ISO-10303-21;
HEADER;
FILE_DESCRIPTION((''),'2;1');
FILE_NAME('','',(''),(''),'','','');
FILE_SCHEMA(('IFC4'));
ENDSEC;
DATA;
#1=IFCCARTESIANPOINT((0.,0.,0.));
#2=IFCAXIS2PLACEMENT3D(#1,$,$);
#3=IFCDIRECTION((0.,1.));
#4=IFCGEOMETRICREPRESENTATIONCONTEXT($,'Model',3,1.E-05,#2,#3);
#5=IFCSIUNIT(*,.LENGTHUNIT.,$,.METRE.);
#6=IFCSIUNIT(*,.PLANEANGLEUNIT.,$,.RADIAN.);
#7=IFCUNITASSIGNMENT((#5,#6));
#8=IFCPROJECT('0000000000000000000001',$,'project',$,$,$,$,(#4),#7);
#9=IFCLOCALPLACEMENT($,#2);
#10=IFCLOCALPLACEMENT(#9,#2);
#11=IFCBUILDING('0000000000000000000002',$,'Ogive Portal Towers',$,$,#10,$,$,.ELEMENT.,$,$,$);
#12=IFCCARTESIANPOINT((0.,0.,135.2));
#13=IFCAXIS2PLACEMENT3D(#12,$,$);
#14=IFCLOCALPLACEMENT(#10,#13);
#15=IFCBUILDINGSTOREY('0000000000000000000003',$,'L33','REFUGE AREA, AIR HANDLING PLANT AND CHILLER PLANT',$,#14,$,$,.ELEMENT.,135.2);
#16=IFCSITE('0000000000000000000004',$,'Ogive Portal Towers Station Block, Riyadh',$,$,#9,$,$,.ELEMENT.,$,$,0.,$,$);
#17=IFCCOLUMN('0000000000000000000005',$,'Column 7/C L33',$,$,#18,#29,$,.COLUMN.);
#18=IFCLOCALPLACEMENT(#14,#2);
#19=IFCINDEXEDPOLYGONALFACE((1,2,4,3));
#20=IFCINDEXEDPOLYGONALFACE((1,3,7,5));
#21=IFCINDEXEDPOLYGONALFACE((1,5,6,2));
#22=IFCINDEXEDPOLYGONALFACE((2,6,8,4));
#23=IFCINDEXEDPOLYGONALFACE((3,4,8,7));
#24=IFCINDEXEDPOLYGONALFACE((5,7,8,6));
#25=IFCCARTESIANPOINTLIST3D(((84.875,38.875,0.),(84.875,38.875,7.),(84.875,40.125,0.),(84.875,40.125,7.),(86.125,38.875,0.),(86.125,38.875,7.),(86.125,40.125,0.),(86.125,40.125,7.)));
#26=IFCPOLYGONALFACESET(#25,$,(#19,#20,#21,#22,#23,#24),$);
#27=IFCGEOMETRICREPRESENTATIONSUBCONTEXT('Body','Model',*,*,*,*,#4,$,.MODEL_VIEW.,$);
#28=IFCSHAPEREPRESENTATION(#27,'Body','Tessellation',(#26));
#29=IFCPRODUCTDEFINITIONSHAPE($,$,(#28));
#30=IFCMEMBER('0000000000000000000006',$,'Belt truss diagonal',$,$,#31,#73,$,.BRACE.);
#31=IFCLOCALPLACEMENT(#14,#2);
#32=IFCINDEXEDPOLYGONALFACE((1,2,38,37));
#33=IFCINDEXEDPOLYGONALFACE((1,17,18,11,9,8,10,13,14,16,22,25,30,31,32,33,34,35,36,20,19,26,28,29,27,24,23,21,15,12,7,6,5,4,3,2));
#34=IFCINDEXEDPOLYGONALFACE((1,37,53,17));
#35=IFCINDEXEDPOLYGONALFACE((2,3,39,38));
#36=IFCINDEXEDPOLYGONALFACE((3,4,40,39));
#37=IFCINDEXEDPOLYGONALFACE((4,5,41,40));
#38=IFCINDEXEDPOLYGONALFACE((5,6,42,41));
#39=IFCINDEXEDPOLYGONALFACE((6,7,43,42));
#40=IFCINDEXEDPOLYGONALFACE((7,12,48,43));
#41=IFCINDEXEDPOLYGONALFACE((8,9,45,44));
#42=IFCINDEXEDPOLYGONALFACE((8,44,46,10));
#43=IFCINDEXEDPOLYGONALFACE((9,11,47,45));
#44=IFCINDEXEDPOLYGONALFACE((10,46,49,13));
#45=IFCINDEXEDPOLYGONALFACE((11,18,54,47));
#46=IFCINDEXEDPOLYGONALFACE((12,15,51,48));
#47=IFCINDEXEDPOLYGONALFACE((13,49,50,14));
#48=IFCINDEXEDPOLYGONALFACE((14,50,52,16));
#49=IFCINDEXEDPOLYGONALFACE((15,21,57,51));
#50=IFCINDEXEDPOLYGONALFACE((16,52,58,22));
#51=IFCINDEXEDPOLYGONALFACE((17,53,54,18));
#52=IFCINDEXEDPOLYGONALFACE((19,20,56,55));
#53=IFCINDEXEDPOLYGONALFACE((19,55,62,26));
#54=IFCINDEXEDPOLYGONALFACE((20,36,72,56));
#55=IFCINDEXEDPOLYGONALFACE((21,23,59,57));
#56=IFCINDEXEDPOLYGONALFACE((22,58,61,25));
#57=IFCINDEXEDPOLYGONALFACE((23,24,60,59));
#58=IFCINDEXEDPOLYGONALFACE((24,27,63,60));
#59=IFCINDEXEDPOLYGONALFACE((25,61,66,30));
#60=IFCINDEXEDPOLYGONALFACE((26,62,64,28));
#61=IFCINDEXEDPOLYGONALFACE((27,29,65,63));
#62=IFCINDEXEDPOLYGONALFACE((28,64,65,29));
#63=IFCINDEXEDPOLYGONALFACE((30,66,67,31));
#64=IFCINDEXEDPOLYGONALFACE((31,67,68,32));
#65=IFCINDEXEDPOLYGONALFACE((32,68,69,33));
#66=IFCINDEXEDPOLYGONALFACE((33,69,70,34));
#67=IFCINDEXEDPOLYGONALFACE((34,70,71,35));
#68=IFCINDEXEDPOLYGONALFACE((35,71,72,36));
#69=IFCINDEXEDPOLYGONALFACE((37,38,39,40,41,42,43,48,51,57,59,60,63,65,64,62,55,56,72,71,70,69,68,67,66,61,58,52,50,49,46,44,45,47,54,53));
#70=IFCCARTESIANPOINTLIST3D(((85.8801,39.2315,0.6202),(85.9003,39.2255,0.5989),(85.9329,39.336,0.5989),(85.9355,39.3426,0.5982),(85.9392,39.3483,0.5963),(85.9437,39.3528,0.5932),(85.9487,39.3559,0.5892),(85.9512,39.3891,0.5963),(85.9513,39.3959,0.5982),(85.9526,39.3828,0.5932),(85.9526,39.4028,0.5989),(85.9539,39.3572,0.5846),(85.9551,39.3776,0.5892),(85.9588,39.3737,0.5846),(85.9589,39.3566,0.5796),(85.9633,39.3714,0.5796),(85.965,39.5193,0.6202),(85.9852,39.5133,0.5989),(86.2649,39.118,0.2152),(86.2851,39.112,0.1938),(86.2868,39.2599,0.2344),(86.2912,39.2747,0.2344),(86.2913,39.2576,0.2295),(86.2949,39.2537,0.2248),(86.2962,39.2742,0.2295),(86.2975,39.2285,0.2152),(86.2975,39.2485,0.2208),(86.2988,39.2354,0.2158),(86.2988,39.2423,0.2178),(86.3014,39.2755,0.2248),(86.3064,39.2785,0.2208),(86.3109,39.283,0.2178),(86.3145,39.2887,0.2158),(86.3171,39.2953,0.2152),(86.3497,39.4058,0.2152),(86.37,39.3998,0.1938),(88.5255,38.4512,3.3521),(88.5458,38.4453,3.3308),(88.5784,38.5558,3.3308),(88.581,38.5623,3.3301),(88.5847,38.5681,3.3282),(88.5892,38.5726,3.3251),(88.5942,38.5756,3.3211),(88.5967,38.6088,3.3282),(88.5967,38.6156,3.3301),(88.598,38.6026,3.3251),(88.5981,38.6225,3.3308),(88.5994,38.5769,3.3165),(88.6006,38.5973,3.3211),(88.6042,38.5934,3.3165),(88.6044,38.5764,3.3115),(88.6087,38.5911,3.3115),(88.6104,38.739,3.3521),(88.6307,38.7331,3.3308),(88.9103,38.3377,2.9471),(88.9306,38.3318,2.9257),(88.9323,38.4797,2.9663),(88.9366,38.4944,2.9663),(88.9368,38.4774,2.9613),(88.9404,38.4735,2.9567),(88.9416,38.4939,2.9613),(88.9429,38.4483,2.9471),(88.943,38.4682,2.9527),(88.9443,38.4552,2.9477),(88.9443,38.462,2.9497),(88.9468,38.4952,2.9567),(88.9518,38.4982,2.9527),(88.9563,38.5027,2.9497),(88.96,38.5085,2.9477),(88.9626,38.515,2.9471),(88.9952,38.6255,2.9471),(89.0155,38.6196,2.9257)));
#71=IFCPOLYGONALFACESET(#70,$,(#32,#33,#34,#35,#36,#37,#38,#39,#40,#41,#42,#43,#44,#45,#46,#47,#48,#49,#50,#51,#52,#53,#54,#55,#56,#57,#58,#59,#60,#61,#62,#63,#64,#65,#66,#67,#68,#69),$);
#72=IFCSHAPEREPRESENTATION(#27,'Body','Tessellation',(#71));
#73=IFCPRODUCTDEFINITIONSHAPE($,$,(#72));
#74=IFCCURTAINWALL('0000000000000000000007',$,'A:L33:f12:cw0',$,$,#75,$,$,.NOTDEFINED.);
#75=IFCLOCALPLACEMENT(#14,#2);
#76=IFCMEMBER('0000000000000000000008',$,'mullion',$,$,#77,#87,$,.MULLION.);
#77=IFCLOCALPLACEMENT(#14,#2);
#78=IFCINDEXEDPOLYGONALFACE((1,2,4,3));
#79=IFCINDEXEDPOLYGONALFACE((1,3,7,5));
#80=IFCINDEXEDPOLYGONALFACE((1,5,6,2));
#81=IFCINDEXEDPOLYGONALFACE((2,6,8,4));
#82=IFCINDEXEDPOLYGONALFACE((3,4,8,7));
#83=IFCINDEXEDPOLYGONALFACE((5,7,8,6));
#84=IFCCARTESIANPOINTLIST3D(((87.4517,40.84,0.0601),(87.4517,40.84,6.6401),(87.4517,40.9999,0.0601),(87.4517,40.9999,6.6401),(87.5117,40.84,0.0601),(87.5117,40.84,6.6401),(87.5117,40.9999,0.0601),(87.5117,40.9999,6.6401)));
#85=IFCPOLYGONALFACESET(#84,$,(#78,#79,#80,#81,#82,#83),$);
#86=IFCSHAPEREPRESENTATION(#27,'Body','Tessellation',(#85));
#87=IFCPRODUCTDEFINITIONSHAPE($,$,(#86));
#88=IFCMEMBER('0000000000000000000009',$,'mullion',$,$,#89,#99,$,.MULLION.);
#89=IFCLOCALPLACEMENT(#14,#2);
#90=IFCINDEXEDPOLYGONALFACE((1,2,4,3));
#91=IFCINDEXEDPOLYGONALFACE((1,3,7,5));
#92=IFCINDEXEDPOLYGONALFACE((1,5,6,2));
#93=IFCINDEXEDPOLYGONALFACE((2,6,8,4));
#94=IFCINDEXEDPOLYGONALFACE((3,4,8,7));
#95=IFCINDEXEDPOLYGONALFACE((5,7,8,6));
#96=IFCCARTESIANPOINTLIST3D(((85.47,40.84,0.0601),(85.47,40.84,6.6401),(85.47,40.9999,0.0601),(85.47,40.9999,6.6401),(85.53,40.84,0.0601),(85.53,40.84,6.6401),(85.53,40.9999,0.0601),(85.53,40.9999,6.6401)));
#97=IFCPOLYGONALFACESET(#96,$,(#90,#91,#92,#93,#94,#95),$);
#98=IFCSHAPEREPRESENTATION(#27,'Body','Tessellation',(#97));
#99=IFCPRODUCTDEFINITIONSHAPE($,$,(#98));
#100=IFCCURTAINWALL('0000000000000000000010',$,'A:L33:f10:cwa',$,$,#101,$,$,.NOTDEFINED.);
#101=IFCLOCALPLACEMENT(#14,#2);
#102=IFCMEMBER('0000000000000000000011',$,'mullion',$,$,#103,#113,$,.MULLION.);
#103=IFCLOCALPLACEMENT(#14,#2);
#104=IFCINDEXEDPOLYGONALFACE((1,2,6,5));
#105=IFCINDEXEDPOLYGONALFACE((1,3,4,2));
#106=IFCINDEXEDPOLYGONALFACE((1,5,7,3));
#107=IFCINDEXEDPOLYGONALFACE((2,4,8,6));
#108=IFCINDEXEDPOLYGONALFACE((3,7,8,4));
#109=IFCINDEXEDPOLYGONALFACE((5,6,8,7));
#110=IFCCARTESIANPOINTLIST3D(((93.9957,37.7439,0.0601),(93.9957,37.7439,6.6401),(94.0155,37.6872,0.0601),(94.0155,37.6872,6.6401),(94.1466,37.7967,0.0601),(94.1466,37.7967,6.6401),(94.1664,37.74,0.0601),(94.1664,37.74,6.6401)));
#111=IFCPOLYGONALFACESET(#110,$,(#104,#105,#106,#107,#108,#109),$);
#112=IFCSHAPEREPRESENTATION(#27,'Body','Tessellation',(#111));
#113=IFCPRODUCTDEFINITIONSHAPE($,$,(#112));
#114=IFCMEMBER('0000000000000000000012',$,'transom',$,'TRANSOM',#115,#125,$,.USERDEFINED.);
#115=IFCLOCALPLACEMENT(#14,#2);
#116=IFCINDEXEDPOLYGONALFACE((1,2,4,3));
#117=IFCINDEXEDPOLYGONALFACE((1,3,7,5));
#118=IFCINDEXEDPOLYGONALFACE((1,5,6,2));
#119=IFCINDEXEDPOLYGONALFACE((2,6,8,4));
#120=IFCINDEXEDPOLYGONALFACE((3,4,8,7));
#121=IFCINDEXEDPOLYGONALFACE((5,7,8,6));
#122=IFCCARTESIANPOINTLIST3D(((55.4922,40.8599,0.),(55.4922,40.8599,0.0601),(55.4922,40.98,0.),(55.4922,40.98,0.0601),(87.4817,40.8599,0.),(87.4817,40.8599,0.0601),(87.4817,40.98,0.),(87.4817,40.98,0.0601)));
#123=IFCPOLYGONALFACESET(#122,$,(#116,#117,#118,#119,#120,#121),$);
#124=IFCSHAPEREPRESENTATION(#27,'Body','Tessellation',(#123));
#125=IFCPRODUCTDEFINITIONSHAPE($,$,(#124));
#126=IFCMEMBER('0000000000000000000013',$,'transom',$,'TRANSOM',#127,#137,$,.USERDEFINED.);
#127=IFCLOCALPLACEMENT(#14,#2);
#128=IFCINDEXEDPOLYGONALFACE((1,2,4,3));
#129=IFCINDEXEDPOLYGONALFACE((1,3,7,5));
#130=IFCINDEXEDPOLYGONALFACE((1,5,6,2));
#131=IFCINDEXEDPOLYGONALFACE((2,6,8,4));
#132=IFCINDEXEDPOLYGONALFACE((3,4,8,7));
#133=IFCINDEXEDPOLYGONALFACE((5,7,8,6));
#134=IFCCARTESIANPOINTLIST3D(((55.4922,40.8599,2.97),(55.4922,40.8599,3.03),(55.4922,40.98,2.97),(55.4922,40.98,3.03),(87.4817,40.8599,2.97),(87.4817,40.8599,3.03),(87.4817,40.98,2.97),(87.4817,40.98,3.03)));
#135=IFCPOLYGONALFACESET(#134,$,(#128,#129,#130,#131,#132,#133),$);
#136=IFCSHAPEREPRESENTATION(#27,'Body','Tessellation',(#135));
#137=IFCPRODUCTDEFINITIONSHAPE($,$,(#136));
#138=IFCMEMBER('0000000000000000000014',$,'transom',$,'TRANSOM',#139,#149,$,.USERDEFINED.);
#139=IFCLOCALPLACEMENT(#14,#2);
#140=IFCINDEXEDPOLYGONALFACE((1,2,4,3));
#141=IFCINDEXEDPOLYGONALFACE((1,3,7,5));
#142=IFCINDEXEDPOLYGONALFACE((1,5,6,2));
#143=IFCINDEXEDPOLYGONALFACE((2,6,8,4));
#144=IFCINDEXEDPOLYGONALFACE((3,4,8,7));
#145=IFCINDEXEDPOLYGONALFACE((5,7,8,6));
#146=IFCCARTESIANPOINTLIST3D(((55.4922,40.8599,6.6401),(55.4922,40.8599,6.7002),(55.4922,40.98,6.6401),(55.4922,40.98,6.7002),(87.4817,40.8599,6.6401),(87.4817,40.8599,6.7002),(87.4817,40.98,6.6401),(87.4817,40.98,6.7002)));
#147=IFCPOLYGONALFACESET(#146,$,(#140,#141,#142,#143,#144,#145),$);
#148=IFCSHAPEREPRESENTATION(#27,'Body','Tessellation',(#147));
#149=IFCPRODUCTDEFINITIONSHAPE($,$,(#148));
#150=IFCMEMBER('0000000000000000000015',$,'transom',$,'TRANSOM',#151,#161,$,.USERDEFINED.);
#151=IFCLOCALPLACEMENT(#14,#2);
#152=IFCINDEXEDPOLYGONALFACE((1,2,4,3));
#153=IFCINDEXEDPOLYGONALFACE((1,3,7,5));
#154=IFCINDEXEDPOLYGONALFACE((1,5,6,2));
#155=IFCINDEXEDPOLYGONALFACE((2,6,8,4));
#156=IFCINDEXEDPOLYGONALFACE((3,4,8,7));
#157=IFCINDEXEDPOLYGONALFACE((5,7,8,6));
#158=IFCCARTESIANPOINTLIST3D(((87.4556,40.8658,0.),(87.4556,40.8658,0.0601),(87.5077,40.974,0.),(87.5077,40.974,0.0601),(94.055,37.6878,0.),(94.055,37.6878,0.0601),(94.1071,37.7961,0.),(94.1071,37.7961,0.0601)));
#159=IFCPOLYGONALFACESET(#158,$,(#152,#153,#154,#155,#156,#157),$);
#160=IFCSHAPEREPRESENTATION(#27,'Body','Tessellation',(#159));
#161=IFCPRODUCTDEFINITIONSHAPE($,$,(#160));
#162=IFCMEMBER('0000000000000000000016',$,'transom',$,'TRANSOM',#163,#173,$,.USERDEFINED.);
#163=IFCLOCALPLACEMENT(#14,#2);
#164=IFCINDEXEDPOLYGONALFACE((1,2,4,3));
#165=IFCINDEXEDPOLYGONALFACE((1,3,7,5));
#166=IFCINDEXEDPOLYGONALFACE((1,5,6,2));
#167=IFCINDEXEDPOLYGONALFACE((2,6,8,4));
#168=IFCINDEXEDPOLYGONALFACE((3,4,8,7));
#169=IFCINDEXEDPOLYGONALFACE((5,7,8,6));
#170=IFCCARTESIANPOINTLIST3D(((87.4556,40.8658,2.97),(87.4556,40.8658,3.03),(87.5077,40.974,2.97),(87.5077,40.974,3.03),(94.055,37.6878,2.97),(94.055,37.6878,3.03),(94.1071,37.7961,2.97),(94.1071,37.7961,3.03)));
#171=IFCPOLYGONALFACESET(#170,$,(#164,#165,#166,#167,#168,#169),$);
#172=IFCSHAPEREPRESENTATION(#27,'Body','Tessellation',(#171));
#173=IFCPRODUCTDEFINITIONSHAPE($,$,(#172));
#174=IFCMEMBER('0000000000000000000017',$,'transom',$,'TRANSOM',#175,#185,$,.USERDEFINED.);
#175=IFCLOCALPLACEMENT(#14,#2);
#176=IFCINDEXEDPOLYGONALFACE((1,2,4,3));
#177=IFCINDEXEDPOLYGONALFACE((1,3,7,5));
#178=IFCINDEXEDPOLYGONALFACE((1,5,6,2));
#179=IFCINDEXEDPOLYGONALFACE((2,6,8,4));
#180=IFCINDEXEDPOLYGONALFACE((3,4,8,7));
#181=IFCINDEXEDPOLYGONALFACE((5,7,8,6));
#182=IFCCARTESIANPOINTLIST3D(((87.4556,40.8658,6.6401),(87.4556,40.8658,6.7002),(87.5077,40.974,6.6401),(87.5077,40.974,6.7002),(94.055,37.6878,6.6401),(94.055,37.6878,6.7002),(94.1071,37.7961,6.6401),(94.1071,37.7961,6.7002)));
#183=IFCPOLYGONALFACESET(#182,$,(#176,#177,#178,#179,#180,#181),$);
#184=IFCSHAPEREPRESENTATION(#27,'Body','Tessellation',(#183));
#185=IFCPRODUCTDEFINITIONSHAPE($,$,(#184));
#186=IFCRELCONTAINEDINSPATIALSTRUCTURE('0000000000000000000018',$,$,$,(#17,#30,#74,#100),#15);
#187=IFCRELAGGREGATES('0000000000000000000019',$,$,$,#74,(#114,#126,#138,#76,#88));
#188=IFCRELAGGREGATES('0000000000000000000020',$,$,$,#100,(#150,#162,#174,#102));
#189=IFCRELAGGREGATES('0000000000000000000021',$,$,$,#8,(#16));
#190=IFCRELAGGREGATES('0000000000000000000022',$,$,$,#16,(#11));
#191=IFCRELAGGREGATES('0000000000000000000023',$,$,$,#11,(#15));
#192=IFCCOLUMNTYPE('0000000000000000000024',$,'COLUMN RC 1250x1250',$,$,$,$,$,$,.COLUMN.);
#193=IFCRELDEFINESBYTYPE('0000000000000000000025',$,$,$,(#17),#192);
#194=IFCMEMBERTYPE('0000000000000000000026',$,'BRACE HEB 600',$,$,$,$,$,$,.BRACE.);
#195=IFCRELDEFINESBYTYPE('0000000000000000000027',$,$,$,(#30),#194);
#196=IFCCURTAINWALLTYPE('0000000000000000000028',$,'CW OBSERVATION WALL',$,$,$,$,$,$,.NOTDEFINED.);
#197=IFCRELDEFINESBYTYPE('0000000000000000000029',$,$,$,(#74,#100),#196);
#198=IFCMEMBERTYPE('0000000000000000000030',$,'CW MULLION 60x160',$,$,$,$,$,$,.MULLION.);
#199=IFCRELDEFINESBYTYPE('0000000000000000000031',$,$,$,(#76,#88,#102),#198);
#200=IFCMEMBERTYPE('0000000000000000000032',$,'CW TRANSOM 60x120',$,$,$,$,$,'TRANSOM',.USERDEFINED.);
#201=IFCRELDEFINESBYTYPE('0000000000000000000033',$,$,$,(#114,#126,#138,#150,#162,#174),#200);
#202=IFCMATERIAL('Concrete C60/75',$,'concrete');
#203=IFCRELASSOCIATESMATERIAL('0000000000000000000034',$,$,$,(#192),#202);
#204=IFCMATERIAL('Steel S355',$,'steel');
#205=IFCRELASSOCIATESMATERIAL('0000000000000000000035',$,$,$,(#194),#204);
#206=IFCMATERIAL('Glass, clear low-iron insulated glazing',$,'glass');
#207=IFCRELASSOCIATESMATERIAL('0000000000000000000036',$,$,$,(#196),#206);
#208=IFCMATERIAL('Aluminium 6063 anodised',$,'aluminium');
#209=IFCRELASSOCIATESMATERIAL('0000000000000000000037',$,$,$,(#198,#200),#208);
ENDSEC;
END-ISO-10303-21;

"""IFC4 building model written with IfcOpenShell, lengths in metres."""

from ifc_helpers import new_model, si_unit, direction, frame, origin, origin_2d, place, context, subcontext, project, spatial, rectangle, i_section, extrude, material, material_profile, profile_set, type_object, element, aggregate, save


model = new_model("IFC4")

# Units and contexts
model_context = context("Model", 3, precision=1e-05, world=origin(), true_north=direction((0.0, 1.0)))
body_context = subcontext(model_context, "Body", "Model", "MODEL_VIEW")
ifc_project = project(units=[si_unit("LENGTHUNIT", "METRE"), si_unit("PLANEANGLEUNIT", "RADIAN")], contexts=[model_context])

# Site, building, storey
site_placement = place(None, origin())
site = spatial("IfcSite", under=ifc_project, at=site_placement, Name="Ogive Portal Towers Station Block, Riyadh", CompositionType="ELEMENT", RefElevation=0.0)
building_placement = place(site_placement, origin())
building = spatial("IfcBuilding", under=site, at=building_placement, Name="Ogive Portal Towers", CompositionType="ELEMENT")
storey_placement = place(building_placement, frame((0.0, 0.0, 135.2)))
storey = spatial("IfcBuildingStorey", under=building, at=storey_placement, Name="L33", Description="REFUGE AREA, AIR HANDLING PLANT AND CHILLER PLANT", CompositionType="ELEMENT", Elevation=135.2)

# Column
ifc_material_1 = material(Name="Concrete C60/75", Category="concrete")
ifc_material_profile_1 = material_profile(ifc_material_1, rectangle(XDim=1.25, YDim=1.25, at=origin_2d()), Name="RC 1250x1250")
ifc_profile_set_1 = profile_set([ifc_material_profile_1], Name="Concrete C60/75")
column_type = type_object("IfcColumnType", Name="COLUMN RC 1250x1250", PredefinedType="COLUMN", material=ifc_profile_set_1)
column_placement = place(storey_placement, frame((85.5, 39.5, 0.0), z_axis=(0.0, 0.0, 1.0), x_axis=(1.0, 0.0, 0.0)))
element("IfcColumn", 1, at=column_placement, inside=storey, type_object=column_type, Name="Column 7/C L33", PredefinedType="COLUMN", context=body_context, shape_type="SweptSolid", body=[
    extrude(rectangle(XDim=1.25, YDim=1.25, at=origin_2d()), origin(), (0.0, 0.0, 1.0), 7.0),
])

# Member
ifc_material_2 = material(Name="Steel S355", Category="steel")
ifc_material_profile_2 = material_profile(ifc_material_2, i_section(OverallWidth=0.3, OverallDepth=0.6001, WebThickness=0.0154, FlangeThickness=0.03, FilletRadius=0.0271, at=origin_2d()), Name="HEB 600")
ifc_profile_set_2 = profile_set([ifc_material_profile_2], Name="Steel S355")
member_type_1 = type_object("IfcMemberType", Name="BRACE HEB 600", PredefinedType="BRACE", material=ifc_profile_set_2)
member_1_placement = place(storey_placement, frame((88.7705, 38.5354, 3.1389), z_axis=(-0.681456, 0.200991, -0.703719), x_axis=(-0.282895, -0.959151, 0.0)))
element("IfcMember", 2, at=member_1_placement, inside=storey, type_object=member_type_1, Name="Belt truss diagonal", PredefinedType="BRACE", context=body_context, shape_type="SweptSolid", body=[
    extrude(i_section(OverallWidth=0.3, OverallDepth=0.6001, WebThickness=0.0154, FlangeThickness=0.03, FilletRadius=0.0271, at=origin_2d()), origin(), (0.0, 0.0, 1.0), 3.8821),
])

# Curtain wall, members
ifc_material_3 = material(Name="Glass, clear low-iron insulated glazing", Category="glass")
curtain_wall_type = type_object("IfcCurtainWallType", Name="CW OBSERVATION WALL", PredefinedType="NOTDEFINED", material=ifc_material_3)
curtain_wall_1_placement = place(storey_placement, origin())
curtain_wall_1 = element("IfcCurtainWall", 3, at=curtain_wall_1_placement, inside=storey, type_object=curtain_wall_type, Name="A:L33:f12:cw0", PredefinedType="NOTDEFINED")
ifc_material_4 = material(Name="Aluminium 6063 anodised", Category="aluminium")
ifc_material_profile_3 = material_profile(ifc_material_4, rectangle(XDim=0.1599, YDim=0.0601, at=origin_2d()), Name="AL 60x160")
ifc_profile_set_3 = profile_set([ifc_material_profile_3], Name="Aluminium 6063 anodised")
member_type_2 = type_object("IfcMemberType", Name="CW MULLION 60x160", PredefinedType="MULLION", material=ifc_profile_set_3)
member_2_placement = place(storey_placement, frame((87.4817, 40.9199, 0.0601), z_axis=(0.0, 0.0, 1.0), x_axis=(0.0, -1.0, 0.0)))
member_2 = element("IfcMember", 4, at=member_2_placement, type_object=member_type_2, Name="mullion", PredefinedType="MULLION", context=body_context, shape_type="SweptSolid", body=[
    extrude(rectangle(XDim=0.1599, YDim=0.0601, at=origin_2d()), origin(), (0.0, 0.0, 1.0), 6.5801),
])
member_3_placement = place(storey_placement, frame((85.5, 40.9199, 0.0601), z_axis=(0.0, 0.0, 1.0), x_axis=(0.0, -1.0, 0.0)))
member_3 = element("IfcMember", 5, at=member_3_placement, type_object=member_type_2, Name="mullion", PredefinedType="MULLION", context=body_context, shape_type="SweptSolid", body=[
    extrude(rectangle(XDim=0.1599, YDim=0.0601, at=origin_2d()), origin(), (0.0, 0.0, 1.0), 6.5801),
])

# Curtain wall, member
curtain_wall_2_placement = place(storey_placement, origin())
curtain_wall_2 = element("IfcCurtainWall", 6, at=curtain_wall_2_placement, inside=storey, type_object=curtain_wall_type, Name="A:L33:f10:cwa", PredefinedType="NOTDEFINED")
member_4_placement = place(storey_placement, frame((94.0811, 37.7419, 0.0601), z_axis=(0.0, 0.0, 1.0), x_axis=(-0.943883, -0.330279, 0.0)))
member_4 = element("IfcMember", 7, at=member_4_placement, type_object=member_type_2, Name="mullion", PredefinedType="MULLION", context=body_context, shape_type="SweptSolid", body=[
    extrude(rectangle(XDim=0.1599, YDim=0.0601, at=origin_2d()), origin(), (0.0, 0.0, 1.0), 6.5801),
])

# Members
ifc_material_profile_4 = material_profile(ifc_material_4, rectangle(XDim=0.1201, YDim=0.0601, at=origin_2d()), Name="AL 120x60")
ifc_profile_set_4 = profile_set([ifc_material_profile_4], Name="Aluminium 6063 anodised")
member_type_3 = type_object("IfcMemberType", Name="CW TRANSOM 60x120", ElementType="TRANSOM", PredefinedType="USERDEFINED", material=ifc_profile_set_4)
member_5_placement = place(storey_placement, frame((87.4817, 40.9199, 0.03), z_axis=(-1.0, 0.0, 0.0), x_axis=(0.0, -1.0, 0.0)))
member_5 = element("IfcMember", 8, at=member_5_placement, type_object=member_type_3, Name="transom", ObjectType="TRANSOM", PredefinedType="USERDEFINED", context=body_context, shape_type="SweptSolid", body=[
    extrude(rectangle(XDim=0.1201, YDim=0.0601, at=origin_2d()), origin(), (0.0, 0.0, 1.0), 31.9895),
])
member_6_placement = place(storey_placement, frame((87.4817, 40.9199, 3.0), z_axis=(-1.0, 0.0, 0.0), x_axis=(0.0, -1.0, 0.0)))
member_6 = element("IfcMember", 9, at=member_6_placement, type_object=member_type_3, Name="transom", ObjectType="TRANSOM", PredefinedType="USERDEFINED", context=body_context, shape_type="SweptSolid", body=[
    extrude(rectangle(XDim=0.1201, YDim=0.0601, at=origin_2d()), origin(), (0.0, 0.0, 1.0), 31.9895),
])
member_7_placement = place(storey_placement, frame((87.4817, 40.9199, 6.6702), z_axis=(-1.0, 0.0, 0.0), x_axis=(0.0, -1.0, 0.0)))
member_7 = element("IfcMember", 10, at=member_7_placement, type_object=member_type_3, Name="transom", ObjectType="TRANSOM", PredefinedType="USERDEFINED", context=body_context, shape_type="SweptSolid", body=[
    extrude(rectangle(XDim=0.1201, YDim=0.0601, at=origin_2d()), origin(), (0.0, 0.0, 1.0), 31.9895),
])
member_8_placement = place(storey_placement, frame((94.0811, 37.7419, 0.03), z_axis=(-0.900975, 0.433872, 0.0), x_axis=(-0.433872, -0.900975, 0.0)))
member_8 = element("IfcMember", 11, at=member_8_placement, type_object=member_type_3, Name="transom", ObjectType="TRANSOM", PredefinedType="USERDEFINED", context=body_context, shape_type="SweptSolid", body=[
    extrude(rectangle(XDim=0.1201, YDim=0.0601, at=origin_2d()), origin(), (0.0, 0.0, 1.0), 7.3247),
])
member_9_placement = place(storey_placement, frame((94.0811, 37.7419, 3.0), z_axis=(-0.900975, 0.433872, 0.0), x_axis=(-0.433872, -0.900975, 0.0)))
member_9 = element("IfcMember", 12, at=member_9_placement, type_object=member_type_3, Name="transom", ObjectType="TRANSOM", PredefinedType="USERDEFINED", context=body_context, shape_type="SweptSolid", body=[
    extrude(rectangle(XDim=0.1201, YDim=0.0601, at=origin_2d()), origin(), (0.0, 0.0, 1.0), 7.3247),
])
member_10_placement = place(storey_placement, frame((94.0811, 37.7419, 6.6702), z_axis=(-0.900975, 0.433872, 0.0), x_axis=(-0.433872, -0.900975, 0.0)))
member_10 = element("IfcMember", 13, at=member_10_placement, type_object=member_type_3, Name="transom", ObjectType="TRANSOM", PredefinedType="USERDEFINED", context=body_context, shape_type="SweptSolid", body=[
    extrude(rectangle(XDim=0.1201, YDim=0.0601, at=origin_2d()), origin(), (0.0, 0.0, 1.0), 7.3247),
])

aggregate(curtain_wall_1, [member_5, member_6, member_7, member_2, member_3])
aggregate(curtain_wall_2, [member_8, member_9, member_10, member_4])

save(model, "model.ifc")
